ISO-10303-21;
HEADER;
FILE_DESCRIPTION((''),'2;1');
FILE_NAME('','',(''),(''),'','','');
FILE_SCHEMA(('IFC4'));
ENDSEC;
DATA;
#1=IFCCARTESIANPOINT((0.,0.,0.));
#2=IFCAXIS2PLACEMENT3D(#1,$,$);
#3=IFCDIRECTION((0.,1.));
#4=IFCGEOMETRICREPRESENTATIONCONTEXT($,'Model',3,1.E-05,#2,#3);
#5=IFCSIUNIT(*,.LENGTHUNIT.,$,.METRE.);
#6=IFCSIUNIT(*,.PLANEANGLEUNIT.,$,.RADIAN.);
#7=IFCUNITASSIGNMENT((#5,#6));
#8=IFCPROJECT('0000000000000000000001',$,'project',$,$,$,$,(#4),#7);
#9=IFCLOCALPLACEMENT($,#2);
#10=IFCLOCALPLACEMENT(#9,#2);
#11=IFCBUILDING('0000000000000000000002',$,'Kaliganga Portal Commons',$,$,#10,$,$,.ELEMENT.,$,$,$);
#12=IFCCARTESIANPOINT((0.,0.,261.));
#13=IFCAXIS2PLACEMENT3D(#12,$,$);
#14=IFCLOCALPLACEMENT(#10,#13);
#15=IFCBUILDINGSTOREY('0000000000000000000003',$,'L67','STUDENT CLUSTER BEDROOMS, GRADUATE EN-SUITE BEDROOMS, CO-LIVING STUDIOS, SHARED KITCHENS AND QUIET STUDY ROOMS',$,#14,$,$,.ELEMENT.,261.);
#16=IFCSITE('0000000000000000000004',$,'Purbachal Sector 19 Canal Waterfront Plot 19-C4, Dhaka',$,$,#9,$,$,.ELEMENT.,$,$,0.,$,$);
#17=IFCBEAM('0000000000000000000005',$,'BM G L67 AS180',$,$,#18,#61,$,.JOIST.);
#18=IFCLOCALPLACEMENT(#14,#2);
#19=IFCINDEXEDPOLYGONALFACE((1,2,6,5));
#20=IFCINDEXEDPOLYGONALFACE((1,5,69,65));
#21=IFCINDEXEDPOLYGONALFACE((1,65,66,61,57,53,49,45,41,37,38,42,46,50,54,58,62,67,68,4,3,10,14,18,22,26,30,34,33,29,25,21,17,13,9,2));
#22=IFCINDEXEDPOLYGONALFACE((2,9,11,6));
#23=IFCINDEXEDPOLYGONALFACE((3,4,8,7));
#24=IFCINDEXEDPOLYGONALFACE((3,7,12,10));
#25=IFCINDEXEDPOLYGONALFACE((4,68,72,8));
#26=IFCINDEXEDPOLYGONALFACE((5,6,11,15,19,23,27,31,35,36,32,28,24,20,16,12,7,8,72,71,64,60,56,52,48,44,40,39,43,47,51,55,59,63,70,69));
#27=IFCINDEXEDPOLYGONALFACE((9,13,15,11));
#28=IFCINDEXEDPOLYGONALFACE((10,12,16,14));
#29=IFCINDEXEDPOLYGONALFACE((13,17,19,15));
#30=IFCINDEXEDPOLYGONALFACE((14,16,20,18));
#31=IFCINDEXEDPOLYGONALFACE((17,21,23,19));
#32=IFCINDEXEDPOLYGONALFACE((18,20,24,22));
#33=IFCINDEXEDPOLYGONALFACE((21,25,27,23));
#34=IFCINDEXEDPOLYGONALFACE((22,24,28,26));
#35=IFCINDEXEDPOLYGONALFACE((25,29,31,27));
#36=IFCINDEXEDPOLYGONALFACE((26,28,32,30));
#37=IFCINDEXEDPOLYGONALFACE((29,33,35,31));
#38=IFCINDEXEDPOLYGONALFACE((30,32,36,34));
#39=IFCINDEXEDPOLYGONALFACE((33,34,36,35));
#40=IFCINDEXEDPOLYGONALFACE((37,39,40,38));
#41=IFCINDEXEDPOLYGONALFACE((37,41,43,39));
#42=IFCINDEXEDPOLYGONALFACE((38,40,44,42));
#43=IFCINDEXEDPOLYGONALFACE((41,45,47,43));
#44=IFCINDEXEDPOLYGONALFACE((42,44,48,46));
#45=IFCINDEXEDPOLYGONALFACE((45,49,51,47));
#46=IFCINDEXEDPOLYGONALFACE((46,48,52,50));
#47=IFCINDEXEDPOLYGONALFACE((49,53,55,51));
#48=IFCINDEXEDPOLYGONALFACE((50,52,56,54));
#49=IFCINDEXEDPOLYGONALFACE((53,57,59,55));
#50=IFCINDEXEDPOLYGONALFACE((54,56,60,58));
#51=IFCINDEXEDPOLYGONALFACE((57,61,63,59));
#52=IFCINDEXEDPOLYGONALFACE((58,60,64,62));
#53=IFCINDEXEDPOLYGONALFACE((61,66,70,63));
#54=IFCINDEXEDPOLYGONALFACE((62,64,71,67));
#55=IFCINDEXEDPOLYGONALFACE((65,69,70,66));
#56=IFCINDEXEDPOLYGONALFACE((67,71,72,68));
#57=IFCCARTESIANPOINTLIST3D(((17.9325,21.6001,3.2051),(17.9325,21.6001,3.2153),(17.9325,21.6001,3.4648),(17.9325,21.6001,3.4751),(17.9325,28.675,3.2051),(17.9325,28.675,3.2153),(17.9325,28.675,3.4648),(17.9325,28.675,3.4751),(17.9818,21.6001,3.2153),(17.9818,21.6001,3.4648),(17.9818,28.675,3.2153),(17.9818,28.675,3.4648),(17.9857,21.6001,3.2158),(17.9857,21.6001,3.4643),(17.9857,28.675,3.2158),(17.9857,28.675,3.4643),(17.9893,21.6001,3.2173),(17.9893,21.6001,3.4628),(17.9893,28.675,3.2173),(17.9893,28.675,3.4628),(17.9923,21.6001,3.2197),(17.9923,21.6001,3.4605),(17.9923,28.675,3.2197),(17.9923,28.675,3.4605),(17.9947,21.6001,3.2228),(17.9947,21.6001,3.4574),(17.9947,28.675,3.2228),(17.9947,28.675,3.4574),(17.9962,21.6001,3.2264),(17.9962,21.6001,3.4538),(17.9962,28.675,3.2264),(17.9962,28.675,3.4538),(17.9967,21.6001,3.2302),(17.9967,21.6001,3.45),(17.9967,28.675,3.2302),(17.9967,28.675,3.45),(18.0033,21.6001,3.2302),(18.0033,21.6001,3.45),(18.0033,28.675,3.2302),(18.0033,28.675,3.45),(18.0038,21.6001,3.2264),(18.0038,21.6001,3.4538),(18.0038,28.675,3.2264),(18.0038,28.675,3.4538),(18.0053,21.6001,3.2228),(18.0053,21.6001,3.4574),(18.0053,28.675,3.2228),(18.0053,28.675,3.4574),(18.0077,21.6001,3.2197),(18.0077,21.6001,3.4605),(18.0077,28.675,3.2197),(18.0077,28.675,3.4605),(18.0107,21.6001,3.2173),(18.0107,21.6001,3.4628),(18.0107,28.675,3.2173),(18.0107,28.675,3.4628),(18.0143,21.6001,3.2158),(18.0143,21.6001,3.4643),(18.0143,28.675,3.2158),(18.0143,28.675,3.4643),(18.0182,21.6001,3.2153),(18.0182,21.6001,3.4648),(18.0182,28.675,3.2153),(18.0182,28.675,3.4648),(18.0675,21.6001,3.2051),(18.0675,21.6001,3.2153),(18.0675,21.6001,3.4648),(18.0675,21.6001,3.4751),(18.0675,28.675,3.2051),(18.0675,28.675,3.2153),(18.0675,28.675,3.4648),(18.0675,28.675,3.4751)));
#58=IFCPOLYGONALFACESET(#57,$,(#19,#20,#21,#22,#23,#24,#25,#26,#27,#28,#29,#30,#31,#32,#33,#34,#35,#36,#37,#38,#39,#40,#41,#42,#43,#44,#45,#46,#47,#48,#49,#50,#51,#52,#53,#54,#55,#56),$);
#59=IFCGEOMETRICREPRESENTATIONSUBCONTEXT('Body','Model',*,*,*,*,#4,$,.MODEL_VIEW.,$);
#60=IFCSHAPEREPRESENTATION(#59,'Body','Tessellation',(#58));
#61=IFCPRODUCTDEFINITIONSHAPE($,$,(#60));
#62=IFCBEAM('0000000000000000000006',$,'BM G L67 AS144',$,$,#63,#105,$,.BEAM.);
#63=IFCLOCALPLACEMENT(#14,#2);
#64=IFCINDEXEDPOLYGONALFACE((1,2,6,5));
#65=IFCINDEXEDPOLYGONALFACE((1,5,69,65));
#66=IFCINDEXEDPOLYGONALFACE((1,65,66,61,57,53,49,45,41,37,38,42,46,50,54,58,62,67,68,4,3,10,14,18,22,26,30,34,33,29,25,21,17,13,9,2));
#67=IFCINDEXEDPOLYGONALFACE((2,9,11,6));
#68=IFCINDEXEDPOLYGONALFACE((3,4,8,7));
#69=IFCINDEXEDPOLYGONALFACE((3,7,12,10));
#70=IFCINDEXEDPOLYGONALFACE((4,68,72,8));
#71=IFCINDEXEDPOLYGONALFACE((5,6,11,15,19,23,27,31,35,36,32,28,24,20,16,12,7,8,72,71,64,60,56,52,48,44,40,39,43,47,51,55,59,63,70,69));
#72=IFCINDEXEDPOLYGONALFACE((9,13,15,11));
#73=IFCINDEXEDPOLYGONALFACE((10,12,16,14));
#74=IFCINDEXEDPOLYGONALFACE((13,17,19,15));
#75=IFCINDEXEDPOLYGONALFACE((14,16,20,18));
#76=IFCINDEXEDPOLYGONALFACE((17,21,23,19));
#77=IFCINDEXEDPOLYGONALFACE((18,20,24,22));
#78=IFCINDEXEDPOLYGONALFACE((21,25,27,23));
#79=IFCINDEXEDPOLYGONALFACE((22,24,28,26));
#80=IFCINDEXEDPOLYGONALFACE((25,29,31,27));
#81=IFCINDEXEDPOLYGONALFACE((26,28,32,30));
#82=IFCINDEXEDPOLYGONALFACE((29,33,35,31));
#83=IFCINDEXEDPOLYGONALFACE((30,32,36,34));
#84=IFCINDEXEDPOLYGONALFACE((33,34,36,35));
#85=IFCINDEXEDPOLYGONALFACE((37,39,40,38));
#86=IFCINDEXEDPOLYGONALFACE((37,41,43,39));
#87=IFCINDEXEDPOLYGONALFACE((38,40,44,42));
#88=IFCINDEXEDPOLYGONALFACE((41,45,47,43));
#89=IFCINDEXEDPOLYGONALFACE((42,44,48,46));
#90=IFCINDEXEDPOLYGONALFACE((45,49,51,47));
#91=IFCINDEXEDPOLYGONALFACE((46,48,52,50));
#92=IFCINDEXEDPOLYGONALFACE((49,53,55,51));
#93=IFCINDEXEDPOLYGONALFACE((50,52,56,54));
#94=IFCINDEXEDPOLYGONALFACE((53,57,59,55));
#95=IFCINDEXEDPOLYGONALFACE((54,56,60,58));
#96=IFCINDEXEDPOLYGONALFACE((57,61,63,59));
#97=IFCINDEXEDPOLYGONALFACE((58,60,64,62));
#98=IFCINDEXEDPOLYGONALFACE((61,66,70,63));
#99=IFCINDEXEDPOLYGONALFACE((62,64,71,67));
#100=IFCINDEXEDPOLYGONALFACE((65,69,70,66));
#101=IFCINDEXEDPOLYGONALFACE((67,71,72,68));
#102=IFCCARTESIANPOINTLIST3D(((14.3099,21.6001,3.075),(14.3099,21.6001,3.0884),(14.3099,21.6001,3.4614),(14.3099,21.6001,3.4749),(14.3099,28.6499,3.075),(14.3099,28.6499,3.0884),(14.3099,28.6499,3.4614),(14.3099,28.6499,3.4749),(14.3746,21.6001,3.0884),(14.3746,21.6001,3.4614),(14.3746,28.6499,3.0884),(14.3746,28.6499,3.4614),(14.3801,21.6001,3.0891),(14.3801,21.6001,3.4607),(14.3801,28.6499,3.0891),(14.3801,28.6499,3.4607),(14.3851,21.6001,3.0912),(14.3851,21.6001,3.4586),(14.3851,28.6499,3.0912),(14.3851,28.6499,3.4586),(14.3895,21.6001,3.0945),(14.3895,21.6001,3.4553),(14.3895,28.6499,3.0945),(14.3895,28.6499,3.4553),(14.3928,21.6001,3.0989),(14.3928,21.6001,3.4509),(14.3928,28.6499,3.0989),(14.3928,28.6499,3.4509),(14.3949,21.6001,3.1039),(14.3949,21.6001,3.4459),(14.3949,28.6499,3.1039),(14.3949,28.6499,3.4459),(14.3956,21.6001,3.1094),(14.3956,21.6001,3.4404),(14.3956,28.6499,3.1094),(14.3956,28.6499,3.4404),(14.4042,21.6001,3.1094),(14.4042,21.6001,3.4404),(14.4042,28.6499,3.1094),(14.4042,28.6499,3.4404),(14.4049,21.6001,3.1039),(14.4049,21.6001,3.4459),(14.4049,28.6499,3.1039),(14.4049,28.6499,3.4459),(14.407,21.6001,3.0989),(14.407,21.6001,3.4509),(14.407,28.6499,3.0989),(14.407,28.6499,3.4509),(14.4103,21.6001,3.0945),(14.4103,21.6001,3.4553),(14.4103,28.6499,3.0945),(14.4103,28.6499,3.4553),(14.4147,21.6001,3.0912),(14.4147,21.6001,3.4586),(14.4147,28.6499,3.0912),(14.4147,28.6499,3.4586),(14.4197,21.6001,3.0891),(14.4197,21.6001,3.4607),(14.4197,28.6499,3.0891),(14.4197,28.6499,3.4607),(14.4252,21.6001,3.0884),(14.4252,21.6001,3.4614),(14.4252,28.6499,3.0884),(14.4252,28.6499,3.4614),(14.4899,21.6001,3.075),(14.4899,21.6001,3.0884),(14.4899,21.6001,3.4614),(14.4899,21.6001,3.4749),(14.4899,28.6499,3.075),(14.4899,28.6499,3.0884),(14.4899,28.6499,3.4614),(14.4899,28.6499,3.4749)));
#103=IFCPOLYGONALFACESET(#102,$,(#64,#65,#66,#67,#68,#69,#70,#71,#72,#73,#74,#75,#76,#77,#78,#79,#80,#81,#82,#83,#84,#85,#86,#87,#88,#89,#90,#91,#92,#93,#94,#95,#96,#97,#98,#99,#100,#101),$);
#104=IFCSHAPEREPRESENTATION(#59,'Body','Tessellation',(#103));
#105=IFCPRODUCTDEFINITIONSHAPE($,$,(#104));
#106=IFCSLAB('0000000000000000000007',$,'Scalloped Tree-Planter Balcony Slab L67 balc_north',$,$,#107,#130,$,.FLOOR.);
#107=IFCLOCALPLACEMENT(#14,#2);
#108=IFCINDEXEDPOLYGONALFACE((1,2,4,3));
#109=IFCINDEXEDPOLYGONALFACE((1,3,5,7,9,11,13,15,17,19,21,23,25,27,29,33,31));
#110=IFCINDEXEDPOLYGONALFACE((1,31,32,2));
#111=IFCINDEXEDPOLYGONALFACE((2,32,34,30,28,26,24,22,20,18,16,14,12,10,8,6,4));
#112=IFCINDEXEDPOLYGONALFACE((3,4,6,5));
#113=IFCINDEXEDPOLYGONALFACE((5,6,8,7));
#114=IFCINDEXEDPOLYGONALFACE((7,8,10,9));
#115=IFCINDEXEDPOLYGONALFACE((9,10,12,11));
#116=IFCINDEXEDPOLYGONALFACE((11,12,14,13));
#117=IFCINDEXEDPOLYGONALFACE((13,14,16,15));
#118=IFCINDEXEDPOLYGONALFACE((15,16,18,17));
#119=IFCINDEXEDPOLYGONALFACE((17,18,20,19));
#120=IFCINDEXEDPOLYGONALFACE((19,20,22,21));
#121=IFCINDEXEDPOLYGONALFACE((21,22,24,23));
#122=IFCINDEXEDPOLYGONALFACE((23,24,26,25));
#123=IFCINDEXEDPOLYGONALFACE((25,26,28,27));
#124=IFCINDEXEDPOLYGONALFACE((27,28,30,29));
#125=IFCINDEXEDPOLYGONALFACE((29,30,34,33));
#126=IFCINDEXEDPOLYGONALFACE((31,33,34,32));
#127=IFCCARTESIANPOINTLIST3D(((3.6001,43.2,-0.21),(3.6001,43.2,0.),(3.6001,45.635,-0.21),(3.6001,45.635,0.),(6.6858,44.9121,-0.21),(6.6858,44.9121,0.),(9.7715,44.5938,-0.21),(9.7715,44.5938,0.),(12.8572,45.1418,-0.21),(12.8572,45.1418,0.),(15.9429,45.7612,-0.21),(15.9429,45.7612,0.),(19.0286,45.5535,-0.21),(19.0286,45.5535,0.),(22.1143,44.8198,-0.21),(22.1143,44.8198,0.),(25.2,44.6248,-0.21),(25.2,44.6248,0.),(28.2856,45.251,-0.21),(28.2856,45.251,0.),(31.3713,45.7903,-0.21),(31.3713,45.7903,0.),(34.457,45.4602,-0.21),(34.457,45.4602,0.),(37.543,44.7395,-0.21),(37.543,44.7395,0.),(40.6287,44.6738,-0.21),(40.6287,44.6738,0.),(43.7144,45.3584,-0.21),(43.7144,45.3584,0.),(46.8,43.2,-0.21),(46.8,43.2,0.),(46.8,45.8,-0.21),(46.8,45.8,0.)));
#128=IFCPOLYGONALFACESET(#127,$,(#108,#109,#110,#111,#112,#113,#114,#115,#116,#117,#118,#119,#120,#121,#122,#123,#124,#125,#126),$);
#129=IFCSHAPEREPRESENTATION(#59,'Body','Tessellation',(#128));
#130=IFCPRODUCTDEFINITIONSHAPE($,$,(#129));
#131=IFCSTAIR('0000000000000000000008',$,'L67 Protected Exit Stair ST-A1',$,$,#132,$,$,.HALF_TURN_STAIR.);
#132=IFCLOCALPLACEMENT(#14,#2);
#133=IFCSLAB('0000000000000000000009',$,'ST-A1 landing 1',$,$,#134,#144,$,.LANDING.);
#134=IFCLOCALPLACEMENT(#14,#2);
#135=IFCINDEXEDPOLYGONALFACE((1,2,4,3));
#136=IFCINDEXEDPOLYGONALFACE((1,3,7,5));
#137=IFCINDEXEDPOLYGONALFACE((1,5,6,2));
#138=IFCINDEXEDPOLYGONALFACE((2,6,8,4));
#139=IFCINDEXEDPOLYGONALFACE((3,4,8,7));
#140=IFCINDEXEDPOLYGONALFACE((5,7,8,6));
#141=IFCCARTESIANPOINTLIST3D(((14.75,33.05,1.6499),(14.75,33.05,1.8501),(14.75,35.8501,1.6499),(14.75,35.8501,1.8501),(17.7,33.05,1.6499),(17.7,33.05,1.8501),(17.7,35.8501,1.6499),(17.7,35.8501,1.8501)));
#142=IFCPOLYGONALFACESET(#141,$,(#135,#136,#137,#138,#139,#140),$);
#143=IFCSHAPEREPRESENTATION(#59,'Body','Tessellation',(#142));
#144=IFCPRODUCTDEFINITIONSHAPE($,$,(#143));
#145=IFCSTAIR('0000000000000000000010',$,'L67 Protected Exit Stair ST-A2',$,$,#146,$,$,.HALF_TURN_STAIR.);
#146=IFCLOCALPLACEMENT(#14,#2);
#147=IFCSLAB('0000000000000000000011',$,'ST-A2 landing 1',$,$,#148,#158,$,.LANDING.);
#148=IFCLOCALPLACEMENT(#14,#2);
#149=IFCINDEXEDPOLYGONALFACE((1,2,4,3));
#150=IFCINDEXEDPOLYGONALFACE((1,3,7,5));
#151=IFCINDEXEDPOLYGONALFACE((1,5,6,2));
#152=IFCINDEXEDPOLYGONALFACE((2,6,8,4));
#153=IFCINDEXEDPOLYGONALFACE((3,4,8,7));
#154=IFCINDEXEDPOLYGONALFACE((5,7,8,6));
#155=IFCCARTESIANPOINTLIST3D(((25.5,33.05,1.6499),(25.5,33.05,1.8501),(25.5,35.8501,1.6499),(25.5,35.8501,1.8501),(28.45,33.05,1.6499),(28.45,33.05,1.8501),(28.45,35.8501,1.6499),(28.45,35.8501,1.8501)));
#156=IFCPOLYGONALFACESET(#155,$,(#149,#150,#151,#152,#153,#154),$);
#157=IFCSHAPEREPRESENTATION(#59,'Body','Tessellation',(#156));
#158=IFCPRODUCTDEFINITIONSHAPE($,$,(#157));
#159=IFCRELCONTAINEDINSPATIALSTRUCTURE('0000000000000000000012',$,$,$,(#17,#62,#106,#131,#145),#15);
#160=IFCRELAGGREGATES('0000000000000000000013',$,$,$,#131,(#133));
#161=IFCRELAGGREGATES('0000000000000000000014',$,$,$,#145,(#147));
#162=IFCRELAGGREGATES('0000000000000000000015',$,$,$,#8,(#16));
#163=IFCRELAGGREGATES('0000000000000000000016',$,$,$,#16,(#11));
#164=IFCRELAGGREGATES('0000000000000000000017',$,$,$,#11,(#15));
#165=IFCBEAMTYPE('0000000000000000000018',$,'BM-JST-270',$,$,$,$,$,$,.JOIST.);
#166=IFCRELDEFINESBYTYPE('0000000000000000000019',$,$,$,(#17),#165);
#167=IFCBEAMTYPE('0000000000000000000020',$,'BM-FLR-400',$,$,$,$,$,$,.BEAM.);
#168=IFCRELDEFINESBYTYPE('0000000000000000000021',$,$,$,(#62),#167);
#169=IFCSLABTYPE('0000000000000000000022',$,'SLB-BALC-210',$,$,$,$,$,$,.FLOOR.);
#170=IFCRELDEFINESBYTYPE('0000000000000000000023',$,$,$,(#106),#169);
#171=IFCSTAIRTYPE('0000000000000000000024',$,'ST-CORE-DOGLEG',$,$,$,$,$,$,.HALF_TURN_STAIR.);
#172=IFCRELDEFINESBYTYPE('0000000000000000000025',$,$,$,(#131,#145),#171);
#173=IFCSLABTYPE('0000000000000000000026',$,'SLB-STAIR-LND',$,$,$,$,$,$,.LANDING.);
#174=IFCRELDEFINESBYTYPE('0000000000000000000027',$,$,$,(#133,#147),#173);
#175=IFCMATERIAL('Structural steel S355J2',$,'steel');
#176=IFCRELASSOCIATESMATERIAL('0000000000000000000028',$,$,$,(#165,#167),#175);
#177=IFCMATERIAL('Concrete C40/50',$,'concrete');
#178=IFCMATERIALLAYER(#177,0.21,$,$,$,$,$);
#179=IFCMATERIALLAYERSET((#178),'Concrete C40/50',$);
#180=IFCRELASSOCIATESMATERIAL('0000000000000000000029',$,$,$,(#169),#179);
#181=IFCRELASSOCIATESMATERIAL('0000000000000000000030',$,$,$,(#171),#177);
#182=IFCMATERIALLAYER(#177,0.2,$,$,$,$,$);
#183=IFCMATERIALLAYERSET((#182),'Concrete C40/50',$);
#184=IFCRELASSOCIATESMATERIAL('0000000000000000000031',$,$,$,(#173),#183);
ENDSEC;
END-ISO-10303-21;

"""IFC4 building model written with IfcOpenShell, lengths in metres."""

from ifc_helpers import new_model, si_unit, direction, frame, origin, origin_2d, place, context, subcontext, project, spatial, polyline, i_section, outline, extrude, source, transform, mapped, material, layer, layer_set, material_profile, profile_set, type_object, element, aggregate, save


model = new_model("IFC4")

# Units and contexts
model_context = context("Model", 3, precision=1e-05, world=origin(), true_north=direction((0.0, 1.0)))
body_context = subcontext(model_context, "Body", "Model", "MODEL_VIEW")
ifc_project = project(units=[si_unit("LENGTHUNIT", "METRE"), si_unit("PLANEANGLEUNIT", "RADIAN")], contexts=[model_context])

# Site, building, storey
site_placement = place(None, origin())
site = spatial("IfcSite", under=ifc_project, at=site_placement, Name="Purbachal Sector 19 Canal Waterfront Plot 19-C4, Dhaka", CompositionType="ELEMENT", RefElevation=0.0)
building_placement = place(site_placement, origin())
building = spatial("IfcBuilding", under=site, at=building_placement, Name="Kaliganga Portal Commons", CompositionType="ELEMENT")
storey_placement = place(building_placement, frame((0.0, 0.0, 261.0)))
storey = spatial("IfcBuildingStorey", under=building, at=storey_placement, Name="L67", Description="STUDENT CLUSTER BEDROOMS, GRADUATE EN-SUITE BEDROOMS, CO-LIVING STUDIOS, SHARED KITCHENS AND QUIET STUDY ROOMS", CompositionType="ELEMENT", Elevation=261.0)

# Shared definitions
ifc_material_1 = material(Name="Structural steel S355J2", Category="steel")

# Beams
ifc_material_profile_1 = material_profile(ifc_material_1, i_section(OverallWidth=0.135, OverallDepth=0.27, WebThickness=0.0066, FlangeThickness=0.0103, FilletRadius=0.0149, at=origin_2d()), Name="IPE 270")
ifc_profile_set_1 = profile_set([ifc_material_profile_1], Name="Structural steel S355J2 wide-flange")
beam_type_1 = type_object("IfcBeamType", Name="BM-JST-270", PredefinedType="JOIST", material=ifc_profile_set_1)
shared_shape_1 = source(origin(), body_context, "Body", "SweptSolid", [
    extrude(i_section(OverallWidth=0.135, OverallDepth=0.27, WebThickness=0.0066, FlangeThickness=0.0103, FilletRadius=0.0149, at=origin_2d()), origin(), (0.0, 0.0, 1.0), 7.075),
])
beam_1_placement = place(storey_placement, frame((18.0, 21.6001, 3.3401), z_axis=(0.0, 1.0, 0.0), x_axis=(-1.0, 0.0, 0.0)))
element("IfcBeam", 1, at=beam_1_placement, inside=storey, type_object=beam_type_1, Name="BM G L67 AS180", PredefinedType="JOIST", context=body_context, shape_type="MappedRepresentation", body=[
    mapped(shared_shape_1, transform((0.0, 0.0, 0.0), x_axis=(1.0, 0.0, 0.0), y_axis=(0.0, 1.0, 0.0), z_axis=(0.0, 0.0, 1.0), scale=1.0)),
])
ifc_material_profile_2 = material_profile(ifc_material_1, i_section(OverallWidth=0.1799, OverallDepth=0.3999, WebThickness=0.0085, FlangeThickness=0.0134, FilletRadius=0.021, at=origin_2d()), Name="IPE 400")
ifc_profile_set_2 = profile_set([ifc_material_profile_2], Name="Structural steel S355J2 wide-flange")
beam_type_2 = type_object("IfcBeamType", Name="BM-FLR-400", PredefinedType="BEAM", material=ifc_profile_set_2)
shared_shape_2 = source(origin(), body_context, "Body", "SweptSolid", [
    extrude(i_section(OverallWidth=0.1799, OverallDepth=0.3999, WebThickness=0.0085, FlangeThickness=0.0134, FilletRadius=0.021, at=origin_2d()), origin(), (0.0, 0.0, 1.0), 7.0498),
])
beam_2_placement = place(storey_placement, frame((14.3999, 21.6001, 3.2749), z_axis=(0.0, 1.0, 0.0), x_axis=(-1.0, 0.0, 0.0)))
element("IfcBeam", 2, at=beam_2_placement, inside=storey, type_object=beam_type_2, Name="BM G L67 AS144", PredefinedType="BEAM", context=body_context, shape_type="MappedRepresentation", body=[
    mapped(shared_shape_2, transform((0.0, 0.0, 0.0), x_axis=(1.0, 0.0, 0.0), y_axis=(0.0, 1.0, 0.0), z_axis=(0.0, 0.0, 1.0), scale=1.0)),
])

# Slab
ifc_material_2 = material(Name="Concrete C40/50", Category="concrete")
ifc_layer_1 = layer(ifc_material_2, 0.21)
ifc_layer_set_1 = layer_set([ifc_layer_1], Name="Concrete C40/50")
slab_type_1 = type_object("IfcSlabType", Name="SLB-BALC-210", PredefinedType="FLOOR", material=ifc_layer_set_1)
slab_1_placement = place(storey_placement, frame((0.0, 0.0, -0.21)))
element("IfcSlab", 3, at=slab_1_placement, inside=storey, type_object=slab_type_1, Name="Scalloped Tree-Planter Balcony Slab L67 balc_north", PredefinedType="FLOOR", context=body_context, shape_type="SweptSolid", body=[
    extrude(outline(polyline([(46.8, 43.2), (46.8, 45.8), (43.7144, 45.3584), (40.6287, 44.6738), (37.543, 44.7395), (34.457, 45.4602), (31.3713, 45.7903), (28.2856, 45.251), (25.2, 44.6248), (22.1143, 44.8198), (19.0286, 45.5535), (15.9429, 45.7612), (12.8572, 45.1418), (9.7715, 44.5938), (6.6858, 44.9121), (3.6001, 45.635), (3.6001, 43.2), (46.8, 43.2)])), origin(), (0.0, 0.0, 1.0), 0.21),
])

# Stairs, slabs
stair_type = type_object("IfcStairType", Name="ST-CORE-DOGLEG", PredefinedType="HALF_TURN_STAIR", material=ifc_material_2)
stair_1_placement = place(storey_placement, origin())
stair_1 = element("IfcStair", 4, at=stair_1_placement, inside=storey, type_object=stair_type, Name="L67 Protected Exit Stair ST-A1", PredefinedType="HALF_TURN_STAIR")
ifc_layer_2 = layer(ifc_material_2, 0.2)
ifc_layer_set_2 = layer_set([ifc_layer_2], Name="Concrete C40/50")
slab_type_2 = type_object("IfcSlabType", Name="SLB-STAIR-LND", PredefinedType="LANDING", material=ifc_layer_set_2)
slab_2_placement = place(storey_placement, frame((0.0, 0.0, 1.6499)))
slab_2 = element("IfcSlab", 5, at=slab_2_placement, type_object=slab_type_2, Name="ST-A1 landing 1", PredefinedType="LANDING", context=body_context, shape_type="SweptSolid", body=[
    extrude(outline(polyline([(17.7, 33.05), (17.7, 35.8501), (14.75, 35.8501), (14.75, 33.05), (17.7, 33.05)])), origin(), (0.0, 0.0, 1.0), 0.2002),
])
aggregate(stair_1, [slab_2])
stair_2_placement = place(storey_placement, origin())
stair_2 = element("IfcStair", 6, at=stair_2_placement, inside=storey, type_object=stair_type, Name="L67 Protected Exit Stair ST-A2", PredefinedType="HALF_TURN_STAIR")
slab_3_placement = place(storey_placement, frame((0.0, 0.0, 1.6499)))
slab_3 = element("IfcSlab", 7, at=slab_3_placement, type_object=slab_type_2, Name="ST-A2 landing 1", PredefinedType="LANDING", context=body_context, shape_type="SweptSolid", body=[
    extrude(outline(polyline([(28.45, 33.05), (28.45, 35.8501), (25.5, 35.8501), (25.5, 33.05), (28.45, 33.05)])), origin(), (0.0, 0.0, 1.0), 0.2002),
])
aggregate(stair_2, [slab_3])

save(model, "model.ifc")
